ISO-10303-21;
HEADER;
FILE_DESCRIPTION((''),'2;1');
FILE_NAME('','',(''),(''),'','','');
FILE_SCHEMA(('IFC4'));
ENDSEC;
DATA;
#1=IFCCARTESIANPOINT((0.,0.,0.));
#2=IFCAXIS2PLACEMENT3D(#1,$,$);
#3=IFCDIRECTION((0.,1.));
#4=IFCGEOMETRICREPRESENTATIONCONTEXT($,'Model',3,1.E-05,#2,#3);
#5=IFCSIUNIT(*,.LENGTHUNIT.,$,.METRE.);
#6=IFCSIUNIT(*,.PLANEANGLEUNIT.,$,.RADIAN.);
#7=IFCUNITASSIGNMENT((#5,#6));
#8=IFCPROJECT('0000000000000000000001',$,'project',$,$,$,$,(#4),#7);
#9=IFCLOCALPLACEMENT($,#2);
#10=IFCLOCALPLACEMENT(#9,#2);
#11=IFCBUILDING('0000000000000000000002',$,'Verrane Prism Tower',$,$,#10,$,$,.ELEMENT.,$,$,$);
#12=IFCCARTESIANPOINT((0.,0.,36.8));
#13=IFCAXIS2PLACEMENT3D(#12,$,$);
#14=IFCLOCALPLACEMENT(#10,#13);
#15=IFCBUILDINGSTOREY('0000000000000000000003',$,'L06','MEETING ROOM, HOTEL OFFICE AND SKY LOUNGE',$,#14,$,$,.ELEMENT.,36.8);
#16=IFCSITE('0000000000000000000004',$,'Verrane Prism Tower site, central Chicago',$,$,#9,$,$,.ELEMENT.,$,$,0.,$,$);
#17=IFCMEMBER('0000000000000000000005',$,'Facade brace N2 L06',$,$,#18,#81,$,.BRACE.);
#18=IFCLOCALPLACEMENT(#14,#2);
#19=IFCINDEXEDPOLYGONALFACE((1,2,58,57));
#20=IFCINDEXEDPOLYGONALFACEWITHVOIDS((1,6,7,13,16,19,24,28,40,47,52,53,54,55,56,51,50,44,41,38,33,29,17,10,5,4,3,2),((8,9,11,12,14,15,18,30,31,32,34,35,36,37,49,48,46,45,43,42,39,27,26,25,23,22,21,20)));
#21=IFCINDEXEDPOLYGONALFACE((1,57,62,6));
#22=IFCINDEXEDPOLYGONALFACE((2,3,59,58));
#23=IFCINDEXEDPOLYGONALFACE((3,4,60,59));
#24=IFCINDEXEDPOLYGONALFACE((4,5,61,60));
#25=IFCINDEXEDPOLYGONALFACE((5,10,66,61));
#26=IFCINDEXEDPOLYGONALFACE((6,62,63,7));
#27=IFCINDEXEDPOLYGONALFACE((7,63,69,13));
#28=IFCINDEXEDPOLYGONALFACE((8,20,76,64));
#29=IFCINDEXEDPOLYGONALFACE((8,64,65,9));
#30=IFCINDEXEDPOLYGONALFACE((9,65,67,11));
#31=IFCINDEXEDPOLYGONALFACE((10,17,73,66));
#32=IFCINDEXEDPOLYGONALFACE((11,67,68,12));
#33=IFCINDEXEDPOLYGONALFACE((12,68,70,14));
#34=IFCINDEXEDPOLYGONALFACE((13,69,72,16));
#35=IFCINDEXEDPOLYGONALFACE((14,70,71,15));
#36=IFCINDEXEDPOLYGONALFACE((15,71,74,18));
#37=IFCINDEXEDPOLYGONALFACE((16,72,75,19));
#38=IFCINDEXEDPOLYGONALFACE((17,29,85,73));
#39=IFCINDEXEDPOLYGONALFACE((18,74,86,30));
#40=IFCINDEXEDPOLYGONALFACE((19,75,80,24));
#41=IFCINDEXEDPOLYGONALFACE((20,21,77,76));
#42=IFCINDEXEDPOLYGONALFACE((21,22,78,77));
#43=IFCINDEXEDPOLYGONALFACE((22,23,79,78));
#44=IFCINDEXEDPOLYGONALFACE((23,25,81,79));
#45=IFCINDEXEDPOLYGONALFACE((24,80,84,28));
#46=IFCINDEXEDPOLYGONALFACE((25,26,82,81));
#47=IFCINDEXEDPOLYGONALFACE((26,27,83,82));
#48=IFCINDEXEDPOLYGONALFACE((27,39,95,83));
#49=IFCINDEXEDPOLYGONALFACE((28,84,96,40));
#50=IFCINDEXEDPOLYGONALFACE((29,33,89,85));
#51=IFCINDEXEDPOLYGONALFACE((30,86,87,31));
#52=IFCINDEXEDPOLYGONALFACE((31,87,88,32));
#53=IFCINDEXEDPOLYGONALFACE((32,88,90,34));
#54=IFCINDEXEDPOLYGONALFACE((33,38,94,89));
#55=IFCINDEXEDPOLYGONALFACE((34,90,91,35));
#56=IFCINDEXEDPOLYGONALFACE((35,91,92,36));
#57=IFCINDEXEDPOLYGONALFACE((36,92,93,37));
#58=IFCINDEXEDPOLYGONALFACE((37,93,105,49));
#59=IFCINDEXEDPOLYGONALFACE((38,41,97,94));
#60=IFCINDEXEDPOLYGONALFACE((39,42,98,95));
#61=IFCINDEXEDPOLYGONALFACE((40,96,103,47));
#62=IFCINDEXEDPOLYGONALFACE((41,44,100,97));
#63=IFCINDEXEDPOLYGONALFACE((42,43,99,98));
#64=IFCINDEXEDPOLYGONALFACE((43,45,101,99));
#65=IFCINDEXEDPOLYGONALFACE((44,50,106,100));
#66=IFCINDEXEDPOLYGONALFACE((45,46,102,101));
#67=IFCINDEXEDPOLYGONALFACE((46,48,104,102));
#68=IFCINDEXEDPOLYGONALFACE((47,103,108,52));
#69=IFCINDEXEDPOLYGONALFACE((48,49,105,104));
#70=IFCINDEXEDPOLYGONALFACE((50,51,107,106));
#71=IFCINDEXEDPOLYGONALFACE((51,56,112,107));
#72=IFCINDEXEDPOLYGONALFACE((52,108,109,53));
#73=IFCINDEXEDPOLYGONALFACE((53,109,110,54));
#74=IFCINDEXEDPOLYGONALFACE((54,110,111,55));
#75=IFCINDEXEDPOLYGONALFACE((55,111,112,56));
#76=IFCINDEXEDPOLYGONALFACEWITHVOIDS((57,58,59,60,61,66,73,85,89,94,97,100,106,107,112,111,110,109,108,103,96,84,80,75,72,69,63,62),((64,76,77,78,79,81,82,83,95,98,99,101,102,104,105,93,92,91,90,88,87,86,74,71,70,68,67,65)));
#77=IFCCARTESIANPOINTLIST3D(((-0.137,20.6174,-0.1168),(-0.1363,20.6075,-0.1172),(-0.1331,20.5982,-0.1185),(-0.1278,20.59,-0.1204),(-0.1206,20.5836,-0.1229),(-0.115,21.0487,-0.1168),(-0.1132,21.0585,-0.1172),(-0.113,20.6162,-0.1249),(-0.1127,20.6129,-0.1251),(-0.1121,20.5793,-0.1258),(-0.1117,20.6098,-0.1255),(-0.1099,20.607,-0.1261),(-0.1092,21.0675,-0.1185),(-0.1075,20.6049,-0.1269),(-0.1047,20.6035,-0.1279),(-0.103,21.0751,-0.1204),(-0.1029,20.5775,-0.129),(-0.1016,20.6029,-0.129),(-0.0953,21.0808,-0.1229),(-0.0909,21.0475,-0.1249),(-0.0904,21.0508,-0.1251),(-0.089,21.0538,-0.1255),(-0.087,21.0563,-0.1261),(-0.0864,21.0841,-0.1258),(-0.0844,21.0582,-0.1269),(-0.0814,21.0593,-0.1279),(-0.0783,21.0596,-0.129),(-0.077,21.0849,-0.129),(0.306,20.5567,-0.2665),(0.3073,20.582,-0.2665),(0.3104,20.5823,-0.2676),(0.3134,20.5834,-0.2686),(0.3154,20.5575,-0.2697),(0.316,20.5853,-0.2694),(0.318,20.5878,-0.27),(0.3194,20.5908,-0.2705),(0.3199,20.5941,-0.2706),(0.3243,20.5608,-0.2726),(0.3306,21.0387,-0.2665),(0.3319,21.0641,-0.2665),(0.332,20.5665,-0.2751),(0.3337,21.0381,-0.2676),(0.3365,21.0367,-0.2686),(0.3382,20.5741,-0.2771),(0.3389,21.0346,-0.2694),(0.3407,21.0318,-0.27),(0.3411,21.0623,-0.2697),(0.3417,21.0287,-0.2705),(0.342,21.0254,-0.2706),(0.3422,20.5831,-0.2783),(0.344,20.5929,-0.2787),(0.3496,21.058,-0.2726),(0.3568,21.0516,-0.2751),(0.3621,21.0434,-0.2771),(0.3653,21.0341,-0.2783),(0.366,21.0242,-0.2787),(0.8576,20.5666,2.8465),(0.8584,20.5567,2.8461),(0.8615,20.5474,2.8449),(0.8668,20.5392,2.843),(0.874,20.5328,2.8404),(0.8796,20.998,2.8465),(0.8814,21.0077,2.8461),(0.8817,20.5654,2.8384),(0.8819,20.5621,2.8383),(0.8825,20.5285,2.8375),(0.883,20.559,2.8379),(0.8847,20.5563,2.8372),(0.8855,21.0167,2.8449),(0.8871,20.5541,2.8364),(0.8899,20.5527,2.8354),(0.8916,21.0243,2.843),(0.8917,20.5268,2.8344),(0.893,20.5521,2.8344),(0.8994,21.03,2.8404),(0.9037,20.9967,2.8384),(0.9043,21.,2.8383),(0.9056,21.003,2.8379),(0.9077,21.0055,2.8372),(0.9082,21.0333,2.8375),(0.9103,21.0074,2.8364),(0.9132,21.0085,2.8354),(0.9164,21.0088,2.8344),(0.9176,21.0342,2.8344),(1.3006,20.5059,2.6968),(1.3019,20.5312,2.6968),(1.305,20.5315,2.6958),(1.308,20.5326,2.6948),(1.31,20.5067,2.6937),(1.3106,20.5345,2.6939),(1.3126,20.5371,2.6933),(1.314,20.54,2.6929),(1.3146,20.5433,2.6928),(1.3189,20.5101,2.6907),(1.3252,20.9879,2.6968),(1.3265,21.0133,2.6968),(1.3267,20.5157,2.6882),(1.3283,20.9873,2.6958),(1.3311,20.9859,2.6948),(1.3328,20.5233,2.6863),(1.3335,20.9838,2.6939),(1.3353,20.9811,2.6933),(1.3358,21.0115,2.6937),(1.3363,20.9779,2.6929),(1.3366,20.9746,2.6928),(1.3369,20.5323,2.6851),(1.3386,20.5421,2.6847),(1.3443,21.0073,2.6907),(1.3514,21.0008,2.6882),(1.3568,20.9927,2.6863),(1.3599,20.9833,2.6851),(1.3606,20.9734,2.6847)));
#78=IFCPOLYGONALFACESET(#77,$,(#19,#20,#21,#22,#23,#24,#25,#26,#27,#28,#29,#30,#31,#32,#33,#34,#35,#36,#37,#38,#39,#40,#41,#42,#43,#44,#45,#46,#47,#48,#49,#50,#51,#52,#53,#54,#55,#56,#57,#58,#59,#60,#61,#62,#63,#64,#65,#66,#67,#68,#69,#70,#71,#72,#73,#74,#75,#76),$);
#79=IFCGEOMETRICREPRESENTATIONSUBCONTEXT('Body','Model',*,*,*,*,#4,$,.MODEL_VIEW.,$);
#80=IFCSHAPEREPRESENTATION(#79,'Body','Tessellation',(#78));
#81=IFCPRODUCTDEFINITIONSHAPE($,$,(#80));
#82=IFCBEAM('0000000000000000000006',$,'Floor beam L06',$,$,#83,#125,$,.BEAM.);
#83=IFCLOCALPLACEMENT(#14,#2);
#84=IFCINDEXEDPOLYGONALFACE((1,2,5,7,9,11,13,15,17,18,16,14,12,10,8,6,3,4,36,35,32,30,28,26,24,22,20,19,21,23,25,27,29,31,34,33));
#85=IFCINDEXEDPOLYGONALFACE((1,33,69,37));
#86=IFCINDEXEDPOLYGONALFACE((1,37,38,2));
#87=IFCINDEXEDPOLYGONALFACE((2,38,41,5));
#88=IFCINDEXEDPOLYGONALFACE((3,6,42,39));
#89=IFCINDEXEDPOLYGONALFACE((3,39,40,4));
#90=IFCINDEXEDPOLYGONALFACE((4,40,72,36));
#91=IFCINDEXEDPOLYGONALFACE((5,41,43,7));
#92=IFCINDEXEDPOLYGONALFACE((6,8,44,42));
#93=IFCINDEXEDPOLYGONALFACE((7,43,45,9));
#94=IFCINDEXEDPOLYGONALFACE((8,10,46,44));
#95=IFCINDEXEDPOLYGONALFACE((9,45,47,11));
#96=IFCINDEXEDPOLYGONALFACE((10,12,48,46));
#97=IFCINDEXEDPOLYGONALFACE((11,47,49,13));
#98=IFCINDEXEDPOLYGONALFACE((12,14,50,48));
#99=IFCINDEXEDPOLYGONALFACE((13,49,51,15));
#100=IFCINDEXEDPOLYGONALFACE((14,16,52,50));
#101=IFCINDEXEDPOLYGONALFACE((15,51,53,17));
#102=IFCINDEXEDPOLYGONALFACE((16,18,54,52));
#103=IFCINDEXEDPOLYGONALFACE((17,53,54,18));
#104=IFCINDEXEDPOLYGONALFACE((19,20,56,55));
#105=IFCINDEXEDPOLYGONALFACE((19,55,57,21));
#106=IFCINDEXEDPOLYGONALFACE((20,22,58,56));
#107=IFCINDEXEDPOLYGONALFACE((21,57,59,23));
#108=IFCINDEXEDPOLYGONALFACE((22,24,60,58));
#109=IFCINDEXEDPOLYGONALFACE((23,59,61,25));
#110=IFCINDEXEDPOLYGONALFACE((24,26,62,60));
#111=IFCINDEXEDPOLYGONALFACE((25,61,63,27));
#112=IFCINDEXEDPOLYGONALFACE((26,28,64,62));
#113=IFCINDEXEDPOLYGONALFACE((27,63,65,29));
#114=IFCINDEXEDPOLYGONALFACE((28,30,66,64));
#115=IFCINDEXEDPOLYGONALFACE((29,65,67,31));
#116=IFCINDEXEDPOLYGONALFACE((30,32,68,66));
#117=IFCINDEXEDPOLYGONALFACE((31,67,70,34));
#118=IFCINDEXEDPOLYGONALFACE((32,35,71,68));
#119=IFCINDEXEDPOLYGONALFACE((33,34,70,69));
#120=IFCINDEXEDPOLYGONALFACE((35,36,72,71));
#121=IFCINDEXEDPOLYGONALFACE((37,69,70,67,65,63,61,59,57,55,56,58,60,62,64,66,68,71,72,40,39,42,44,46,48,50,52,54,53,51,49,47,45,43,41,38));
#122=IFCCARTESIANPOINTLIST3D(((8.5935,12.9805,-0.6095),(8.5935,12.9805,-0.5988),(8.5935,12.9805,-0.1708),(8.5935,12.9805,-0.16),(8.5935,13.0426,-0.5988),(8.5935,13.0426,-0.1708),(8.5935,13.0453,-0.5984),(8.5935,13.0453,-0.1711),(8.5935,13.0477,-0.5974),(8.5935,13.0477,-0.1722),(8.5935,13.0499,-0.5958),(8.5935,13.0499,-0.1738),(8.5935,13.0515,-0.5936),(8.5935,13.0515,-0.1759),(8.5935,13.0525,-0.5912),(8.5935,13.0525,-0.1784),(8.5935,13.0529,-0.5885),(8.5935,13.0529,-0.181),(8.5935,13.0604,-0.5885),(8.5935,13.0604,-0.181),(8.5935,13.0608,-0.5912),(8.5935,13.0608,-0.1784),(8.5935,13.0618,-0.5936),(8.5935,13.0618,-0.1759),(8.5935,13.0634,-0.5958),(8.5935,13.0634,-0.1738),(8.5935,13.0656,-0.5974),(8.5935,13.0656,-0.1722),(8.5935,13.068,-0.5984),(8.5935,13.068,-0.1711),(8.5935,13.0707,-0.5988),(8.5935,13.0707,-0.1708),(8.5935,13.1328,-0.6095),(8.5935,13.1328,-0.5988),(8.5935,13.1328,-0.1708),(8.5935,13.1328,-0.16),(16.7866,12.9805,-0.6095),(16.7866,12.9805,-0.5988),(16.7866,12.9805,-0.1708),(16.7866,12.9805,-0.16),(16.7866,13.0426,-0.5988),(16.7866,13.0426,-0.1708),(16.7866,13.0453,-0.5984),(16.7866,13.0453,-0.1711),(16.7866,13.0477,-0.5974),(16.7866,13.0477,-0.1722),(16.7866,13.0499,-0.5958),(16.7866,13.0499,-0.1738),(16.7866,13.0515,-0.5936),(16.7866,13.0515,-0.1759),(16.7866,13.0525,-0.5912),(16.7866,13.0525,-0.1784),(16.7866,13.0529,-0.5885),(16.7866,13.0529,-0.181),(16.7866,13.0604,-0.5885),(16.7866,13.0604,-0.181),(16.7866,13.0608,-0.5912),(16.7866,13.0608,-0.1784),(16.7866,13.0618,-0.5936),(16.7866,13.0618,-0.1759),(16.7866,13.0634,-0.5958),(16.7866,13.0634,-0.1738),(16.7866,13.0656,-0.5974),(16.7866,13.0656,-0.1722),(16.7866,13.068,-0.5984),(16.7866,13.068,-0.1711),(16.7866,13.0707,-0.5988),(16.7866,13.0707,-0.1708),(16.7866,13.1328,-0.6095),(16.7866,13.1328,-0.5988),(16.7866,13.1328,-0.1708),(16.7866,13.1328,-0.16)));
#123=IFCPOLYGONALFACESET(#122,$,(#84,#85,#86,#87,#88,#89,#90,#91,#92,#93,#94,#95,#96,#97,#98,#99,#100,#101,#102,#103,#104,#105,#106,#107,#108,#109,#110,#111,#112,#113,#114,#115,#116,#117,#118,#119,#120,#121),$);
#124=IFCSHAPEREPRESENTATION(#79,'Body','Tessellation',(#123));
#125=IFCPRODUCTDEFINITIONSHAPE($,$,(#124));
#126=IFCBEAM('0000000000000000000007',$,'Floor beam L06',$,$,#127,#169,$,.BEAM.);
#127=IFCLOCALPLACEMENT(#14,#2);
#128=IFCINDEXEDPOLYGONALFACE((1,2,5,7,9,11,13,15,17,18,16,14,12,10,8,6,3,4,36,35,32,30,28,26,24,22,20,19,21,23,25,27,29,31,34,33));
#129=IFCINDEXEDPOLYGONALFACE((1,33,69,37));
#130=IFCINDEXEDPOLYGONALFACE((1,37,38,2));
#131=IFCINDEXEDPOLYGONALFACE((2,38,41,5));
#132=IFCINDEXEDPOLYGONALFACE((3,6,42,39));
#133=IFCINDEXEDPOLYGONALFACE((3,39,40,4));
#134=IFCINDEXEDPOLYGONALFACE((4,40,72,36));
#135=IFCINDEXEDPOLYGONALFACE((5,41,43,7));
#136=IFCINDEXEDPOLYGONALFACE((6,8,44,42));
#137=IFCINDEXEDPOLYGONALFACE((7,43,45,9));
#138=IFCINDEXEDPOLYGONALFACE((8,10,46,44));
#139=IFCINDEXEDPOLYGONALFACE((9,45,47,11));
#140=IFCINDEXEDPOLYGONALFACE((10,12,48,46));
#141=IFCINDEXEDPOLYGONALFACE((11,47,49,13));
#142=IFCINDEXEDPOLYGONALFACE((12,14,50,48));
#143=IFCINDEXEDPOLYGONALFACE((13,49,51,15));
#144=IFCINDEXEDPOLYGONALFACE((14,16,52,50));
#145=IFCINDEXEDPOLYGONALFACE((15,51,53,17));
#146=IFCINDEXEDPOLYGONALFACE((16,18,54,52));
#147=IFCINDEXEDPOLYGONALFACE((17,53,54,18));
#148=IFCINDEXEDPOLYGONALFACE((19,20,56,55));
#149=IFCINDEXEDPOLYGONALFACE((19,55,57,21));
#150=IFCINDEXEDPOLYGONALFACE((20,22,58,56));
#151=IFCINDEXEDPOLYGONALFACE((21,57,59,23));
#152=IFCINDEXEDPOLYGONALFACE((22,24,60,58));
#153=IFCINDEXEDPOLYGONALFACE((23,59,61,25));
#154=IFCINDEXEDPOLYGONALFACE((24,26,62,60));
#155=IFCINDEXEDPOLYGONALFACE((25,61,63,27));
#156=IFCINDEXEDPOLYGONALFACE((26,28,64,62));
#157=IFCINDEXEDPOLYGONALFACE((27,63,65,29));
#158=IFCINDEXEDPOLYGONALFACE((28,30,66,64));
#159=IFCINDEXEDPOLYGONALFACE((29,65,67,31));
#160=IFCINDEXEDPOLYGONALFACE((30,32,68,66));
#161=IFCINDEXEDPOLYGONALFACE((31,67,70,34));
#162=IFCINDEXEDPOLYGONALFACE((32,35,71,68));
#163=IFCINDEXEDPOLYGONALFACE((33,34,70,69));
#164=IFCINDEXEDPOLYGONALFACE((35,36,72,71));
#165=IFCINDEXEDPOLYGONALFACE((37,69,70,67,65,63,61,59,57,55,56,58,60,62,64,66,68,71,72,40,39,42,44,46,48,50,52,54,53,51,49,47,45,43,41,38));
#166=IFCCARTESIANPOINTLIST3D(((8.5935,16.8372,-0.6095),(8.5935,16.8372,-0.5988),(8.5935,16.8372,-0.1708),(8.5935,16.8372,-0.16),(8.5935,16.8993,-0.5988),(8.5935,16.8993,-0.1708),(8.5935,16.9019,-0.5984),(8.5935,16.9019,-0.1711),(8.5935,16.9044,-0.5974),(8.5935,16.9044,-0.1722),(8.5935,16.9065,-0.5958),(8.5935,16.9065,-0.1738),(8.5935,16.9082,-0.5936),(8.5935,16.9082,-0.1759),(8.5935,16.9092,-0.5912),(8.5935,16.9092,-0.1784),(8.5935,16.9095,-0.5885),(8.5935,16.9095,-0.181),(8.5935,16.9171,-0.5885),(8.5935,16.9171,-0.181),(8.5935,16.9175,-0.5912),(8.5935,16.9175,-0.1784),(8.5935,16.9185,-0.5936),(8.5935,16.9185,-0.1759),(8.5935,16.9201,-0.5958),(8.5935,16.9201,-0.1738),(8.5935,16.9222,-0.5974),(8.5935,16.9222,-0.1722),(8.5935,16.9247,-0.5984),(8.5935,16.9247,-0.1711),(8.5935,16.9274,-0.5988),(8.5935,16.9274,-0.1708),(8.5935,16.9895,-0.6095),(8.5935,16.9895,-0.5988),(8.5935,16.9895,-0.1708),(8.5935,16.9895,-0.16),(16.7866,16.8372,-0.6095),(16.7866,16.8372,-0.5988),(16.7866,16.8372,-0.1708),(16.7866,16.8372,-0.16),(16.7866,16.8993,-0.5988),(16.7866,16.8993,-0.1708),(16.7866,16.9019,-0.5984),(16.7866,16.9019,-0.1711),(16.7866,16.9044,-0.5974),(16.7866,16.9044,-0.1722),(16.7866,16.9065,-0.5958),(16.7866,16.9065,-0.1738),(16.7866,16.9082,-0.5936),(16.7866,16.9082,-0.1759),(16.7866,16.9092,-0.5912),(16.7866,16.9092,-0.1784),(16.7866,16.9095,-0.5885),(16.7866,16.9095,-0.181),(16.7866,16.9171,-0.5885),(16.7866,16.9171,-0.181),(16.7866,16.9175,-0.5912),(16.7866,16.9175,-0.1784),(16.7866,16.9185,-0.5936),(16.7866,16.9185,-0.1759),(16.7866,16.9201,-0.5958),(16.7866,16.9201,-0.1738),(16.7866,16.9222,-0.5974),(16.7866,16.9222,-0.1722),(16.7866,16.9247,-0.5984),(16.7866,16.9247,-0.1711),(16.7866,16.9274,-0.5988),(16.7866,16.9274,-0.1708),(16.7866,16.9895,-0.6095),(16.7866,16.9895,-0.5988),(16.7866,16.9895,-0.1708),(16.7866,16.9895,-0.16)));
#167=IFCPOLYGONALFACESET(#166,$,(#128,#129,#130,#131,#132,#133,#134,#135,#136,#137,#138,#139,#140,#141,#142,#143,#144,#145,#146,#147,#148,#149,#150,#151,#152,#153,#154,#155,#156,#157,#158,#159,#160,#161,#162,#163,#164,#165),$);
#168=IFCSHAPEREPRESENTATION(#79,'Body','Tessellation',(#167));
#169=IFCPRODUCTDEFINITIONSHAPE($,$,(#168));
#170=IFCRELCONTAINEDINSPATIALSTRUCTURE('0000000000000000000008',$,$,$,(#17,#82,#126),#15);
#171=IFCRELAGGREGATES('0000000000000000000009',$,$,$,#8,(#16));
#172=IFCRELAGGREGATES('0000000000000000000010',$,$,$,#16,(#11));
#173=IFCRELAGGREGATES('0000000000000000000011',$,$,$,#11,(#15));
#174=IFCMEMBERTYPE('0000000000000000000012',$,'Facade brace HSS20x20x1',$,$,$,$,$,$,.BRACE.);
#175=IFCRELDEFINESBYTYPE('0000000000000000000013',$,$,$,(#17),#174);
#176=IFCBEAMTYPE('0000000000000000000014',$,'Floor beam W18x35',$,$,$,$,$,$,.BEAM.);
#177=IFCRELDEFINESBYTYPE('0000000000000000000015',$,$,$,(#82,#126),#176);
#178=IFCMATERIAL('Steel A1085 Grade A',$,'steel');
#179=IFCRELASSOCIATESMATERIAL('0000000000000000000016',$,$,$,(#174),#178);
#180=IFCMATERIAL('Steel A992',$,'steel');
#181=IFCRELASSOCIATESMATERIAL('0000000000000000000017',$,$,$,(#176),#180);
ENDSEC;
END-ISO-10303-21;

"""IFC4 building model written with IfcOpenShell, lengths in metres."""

from ifc_helpers import new_model, si_unit, direction, frame, origin, origin_2d, place, context, subcontext, project, spatial, hollow_rectangle, i_section, extrude, material, material_profile, profile_set, type_object, element, save


model = new_model("IFC4")

# Units and contexts
model_context = context("Model", 3, precision=1e-05, world=origin(), true_north=direction((0.0, 1.0)))
body_context = subcontext(model_context, "Body", "Model", "MODEL_VIEW")
ifc_project = project(units=[si_unit("LENGTHUNIT", "METRE"), si_unit("PLANEANGLEUNIT", "RADIAN")], contexts=[model_context])

# Site, building, storey
site_placement = place(None, origin())
site = spatial("IfcSite", under=ifc_project, at=site_placement, Name="Verrane Prism Tower site, central Chicago", CompositionType="ELEMENT", RefElevation=0.0)
building_placement = place(site_placement, origin())
building = spatial("IfcBuilding", under=site, at=building_placement, Name="Verrane Prism Tower", CompositionType="ELEMENT")
storey_placement = place(building_placement, frame((0.0, 0.0, 36.8)))
storey = spatial("IfcBuildingStorey", under=building, at=storey_placement, Name="L06", Description="MEETING ROOM, HOTEL OFFICE AND SKY LOUNGE", CompositionType="ELEMENT", Elevation=36.8)

# Member
ifc_material_1 = material(Name="Steel A1085 Grade A", Category="steel")
ifc_material_profile_1 = material_profile(ifc_material_1, hollow_rectangle(XDim=0.5081, YDim=0.5081, WallThickness=0.0254, InnerFilletRadius=0.0127, OuterFilletRadius=0.0381, at=origin_2d()), Name="HSS20x20x1")
ifc_profile_set_1 = profile_set([ifc_material_profile_1], Name="Steel A1085 Grade A")
member_type_1 = type_object("IfcMemberType", Name="Facade brace HSS20x20x1", PredefinedType="BRACE", material=ifc_profile_set_1)
member_1_placement = place(storey_placement, frame((0.1145, 20.8208, -0.1978), z_axis=(0.318153, -0.016243, 0.9479), x_axis=(0.050989, 0.998699, 0.0)))
element("IfcMember", 1, at=member_1_placement, inside=storey, type_object=member_type_1, Name="Facade brace N2 L06", PredefinedType="BRACE", context=body_context, shape_type="SweptSolid", body=[
    extrude(hollow_rectangle(XDim=0.5081, YDim=0.5081, WallThickness=0.0254, InnerFilletRadius=0.0127, OuterFilletRadius=0.0381, at=origin_2d()), origin(), (0.0, 0.0, 1.0), 3.1262),
])

# Beams
ifc_material_2 = material(Name="Steel A992", Category="steel")
ifc_material_profile_2 = material_profile(ifc_material_2, i_section(OverallWidth=0.1523, OverallDepth=0.4495, WebThickness=0.0076, FlangeThickness=0.0107, FilletRadius=0.0103, at=origin_2d()), Name="W18x35")
ifc_profile_set_2 = profile_set([ifc_material_profile_2], Name="Steel A992")
beam_type_1 = type_object("IfcBeamType", Name="Floor beam W18x35", PredefinedType="BEAM", material=ifc_profile_set_2)
for number, where, z_axis, x_axis, name in (
    (2, (8.5935, 13.0566, -0.3848), (1.0, 0.0, 0.0), (0.0, 1.0, 0.0), "Floor beam L06"),
    (3, (8.5935, 16.9133, -0.3848), (1.0, 0.0, 0.0), (0.0, 1.0, 0.0), "Floor beam L06"),
):
    element("IfcBeam", number, at=place(storey_placement, frame(where, z_axis=z_axis, x_axis=x_axis)), inside=storey, type_object=beam_type_1, Name=name, PredefinedType="BEAM", context=body_context, shape_type="SweptSolid", body=[
        extrude(i_section(OverallWidth=0.1523, OverallDepth=0.4495, WebThickness=0.0076, FlangeThickness=0.0107, FilletRadius=0.0103, at=origin_2d()), origin(), (0.0, 0.0, 1.0), 8.1931),
    ])

save(model, "model.ifc")
